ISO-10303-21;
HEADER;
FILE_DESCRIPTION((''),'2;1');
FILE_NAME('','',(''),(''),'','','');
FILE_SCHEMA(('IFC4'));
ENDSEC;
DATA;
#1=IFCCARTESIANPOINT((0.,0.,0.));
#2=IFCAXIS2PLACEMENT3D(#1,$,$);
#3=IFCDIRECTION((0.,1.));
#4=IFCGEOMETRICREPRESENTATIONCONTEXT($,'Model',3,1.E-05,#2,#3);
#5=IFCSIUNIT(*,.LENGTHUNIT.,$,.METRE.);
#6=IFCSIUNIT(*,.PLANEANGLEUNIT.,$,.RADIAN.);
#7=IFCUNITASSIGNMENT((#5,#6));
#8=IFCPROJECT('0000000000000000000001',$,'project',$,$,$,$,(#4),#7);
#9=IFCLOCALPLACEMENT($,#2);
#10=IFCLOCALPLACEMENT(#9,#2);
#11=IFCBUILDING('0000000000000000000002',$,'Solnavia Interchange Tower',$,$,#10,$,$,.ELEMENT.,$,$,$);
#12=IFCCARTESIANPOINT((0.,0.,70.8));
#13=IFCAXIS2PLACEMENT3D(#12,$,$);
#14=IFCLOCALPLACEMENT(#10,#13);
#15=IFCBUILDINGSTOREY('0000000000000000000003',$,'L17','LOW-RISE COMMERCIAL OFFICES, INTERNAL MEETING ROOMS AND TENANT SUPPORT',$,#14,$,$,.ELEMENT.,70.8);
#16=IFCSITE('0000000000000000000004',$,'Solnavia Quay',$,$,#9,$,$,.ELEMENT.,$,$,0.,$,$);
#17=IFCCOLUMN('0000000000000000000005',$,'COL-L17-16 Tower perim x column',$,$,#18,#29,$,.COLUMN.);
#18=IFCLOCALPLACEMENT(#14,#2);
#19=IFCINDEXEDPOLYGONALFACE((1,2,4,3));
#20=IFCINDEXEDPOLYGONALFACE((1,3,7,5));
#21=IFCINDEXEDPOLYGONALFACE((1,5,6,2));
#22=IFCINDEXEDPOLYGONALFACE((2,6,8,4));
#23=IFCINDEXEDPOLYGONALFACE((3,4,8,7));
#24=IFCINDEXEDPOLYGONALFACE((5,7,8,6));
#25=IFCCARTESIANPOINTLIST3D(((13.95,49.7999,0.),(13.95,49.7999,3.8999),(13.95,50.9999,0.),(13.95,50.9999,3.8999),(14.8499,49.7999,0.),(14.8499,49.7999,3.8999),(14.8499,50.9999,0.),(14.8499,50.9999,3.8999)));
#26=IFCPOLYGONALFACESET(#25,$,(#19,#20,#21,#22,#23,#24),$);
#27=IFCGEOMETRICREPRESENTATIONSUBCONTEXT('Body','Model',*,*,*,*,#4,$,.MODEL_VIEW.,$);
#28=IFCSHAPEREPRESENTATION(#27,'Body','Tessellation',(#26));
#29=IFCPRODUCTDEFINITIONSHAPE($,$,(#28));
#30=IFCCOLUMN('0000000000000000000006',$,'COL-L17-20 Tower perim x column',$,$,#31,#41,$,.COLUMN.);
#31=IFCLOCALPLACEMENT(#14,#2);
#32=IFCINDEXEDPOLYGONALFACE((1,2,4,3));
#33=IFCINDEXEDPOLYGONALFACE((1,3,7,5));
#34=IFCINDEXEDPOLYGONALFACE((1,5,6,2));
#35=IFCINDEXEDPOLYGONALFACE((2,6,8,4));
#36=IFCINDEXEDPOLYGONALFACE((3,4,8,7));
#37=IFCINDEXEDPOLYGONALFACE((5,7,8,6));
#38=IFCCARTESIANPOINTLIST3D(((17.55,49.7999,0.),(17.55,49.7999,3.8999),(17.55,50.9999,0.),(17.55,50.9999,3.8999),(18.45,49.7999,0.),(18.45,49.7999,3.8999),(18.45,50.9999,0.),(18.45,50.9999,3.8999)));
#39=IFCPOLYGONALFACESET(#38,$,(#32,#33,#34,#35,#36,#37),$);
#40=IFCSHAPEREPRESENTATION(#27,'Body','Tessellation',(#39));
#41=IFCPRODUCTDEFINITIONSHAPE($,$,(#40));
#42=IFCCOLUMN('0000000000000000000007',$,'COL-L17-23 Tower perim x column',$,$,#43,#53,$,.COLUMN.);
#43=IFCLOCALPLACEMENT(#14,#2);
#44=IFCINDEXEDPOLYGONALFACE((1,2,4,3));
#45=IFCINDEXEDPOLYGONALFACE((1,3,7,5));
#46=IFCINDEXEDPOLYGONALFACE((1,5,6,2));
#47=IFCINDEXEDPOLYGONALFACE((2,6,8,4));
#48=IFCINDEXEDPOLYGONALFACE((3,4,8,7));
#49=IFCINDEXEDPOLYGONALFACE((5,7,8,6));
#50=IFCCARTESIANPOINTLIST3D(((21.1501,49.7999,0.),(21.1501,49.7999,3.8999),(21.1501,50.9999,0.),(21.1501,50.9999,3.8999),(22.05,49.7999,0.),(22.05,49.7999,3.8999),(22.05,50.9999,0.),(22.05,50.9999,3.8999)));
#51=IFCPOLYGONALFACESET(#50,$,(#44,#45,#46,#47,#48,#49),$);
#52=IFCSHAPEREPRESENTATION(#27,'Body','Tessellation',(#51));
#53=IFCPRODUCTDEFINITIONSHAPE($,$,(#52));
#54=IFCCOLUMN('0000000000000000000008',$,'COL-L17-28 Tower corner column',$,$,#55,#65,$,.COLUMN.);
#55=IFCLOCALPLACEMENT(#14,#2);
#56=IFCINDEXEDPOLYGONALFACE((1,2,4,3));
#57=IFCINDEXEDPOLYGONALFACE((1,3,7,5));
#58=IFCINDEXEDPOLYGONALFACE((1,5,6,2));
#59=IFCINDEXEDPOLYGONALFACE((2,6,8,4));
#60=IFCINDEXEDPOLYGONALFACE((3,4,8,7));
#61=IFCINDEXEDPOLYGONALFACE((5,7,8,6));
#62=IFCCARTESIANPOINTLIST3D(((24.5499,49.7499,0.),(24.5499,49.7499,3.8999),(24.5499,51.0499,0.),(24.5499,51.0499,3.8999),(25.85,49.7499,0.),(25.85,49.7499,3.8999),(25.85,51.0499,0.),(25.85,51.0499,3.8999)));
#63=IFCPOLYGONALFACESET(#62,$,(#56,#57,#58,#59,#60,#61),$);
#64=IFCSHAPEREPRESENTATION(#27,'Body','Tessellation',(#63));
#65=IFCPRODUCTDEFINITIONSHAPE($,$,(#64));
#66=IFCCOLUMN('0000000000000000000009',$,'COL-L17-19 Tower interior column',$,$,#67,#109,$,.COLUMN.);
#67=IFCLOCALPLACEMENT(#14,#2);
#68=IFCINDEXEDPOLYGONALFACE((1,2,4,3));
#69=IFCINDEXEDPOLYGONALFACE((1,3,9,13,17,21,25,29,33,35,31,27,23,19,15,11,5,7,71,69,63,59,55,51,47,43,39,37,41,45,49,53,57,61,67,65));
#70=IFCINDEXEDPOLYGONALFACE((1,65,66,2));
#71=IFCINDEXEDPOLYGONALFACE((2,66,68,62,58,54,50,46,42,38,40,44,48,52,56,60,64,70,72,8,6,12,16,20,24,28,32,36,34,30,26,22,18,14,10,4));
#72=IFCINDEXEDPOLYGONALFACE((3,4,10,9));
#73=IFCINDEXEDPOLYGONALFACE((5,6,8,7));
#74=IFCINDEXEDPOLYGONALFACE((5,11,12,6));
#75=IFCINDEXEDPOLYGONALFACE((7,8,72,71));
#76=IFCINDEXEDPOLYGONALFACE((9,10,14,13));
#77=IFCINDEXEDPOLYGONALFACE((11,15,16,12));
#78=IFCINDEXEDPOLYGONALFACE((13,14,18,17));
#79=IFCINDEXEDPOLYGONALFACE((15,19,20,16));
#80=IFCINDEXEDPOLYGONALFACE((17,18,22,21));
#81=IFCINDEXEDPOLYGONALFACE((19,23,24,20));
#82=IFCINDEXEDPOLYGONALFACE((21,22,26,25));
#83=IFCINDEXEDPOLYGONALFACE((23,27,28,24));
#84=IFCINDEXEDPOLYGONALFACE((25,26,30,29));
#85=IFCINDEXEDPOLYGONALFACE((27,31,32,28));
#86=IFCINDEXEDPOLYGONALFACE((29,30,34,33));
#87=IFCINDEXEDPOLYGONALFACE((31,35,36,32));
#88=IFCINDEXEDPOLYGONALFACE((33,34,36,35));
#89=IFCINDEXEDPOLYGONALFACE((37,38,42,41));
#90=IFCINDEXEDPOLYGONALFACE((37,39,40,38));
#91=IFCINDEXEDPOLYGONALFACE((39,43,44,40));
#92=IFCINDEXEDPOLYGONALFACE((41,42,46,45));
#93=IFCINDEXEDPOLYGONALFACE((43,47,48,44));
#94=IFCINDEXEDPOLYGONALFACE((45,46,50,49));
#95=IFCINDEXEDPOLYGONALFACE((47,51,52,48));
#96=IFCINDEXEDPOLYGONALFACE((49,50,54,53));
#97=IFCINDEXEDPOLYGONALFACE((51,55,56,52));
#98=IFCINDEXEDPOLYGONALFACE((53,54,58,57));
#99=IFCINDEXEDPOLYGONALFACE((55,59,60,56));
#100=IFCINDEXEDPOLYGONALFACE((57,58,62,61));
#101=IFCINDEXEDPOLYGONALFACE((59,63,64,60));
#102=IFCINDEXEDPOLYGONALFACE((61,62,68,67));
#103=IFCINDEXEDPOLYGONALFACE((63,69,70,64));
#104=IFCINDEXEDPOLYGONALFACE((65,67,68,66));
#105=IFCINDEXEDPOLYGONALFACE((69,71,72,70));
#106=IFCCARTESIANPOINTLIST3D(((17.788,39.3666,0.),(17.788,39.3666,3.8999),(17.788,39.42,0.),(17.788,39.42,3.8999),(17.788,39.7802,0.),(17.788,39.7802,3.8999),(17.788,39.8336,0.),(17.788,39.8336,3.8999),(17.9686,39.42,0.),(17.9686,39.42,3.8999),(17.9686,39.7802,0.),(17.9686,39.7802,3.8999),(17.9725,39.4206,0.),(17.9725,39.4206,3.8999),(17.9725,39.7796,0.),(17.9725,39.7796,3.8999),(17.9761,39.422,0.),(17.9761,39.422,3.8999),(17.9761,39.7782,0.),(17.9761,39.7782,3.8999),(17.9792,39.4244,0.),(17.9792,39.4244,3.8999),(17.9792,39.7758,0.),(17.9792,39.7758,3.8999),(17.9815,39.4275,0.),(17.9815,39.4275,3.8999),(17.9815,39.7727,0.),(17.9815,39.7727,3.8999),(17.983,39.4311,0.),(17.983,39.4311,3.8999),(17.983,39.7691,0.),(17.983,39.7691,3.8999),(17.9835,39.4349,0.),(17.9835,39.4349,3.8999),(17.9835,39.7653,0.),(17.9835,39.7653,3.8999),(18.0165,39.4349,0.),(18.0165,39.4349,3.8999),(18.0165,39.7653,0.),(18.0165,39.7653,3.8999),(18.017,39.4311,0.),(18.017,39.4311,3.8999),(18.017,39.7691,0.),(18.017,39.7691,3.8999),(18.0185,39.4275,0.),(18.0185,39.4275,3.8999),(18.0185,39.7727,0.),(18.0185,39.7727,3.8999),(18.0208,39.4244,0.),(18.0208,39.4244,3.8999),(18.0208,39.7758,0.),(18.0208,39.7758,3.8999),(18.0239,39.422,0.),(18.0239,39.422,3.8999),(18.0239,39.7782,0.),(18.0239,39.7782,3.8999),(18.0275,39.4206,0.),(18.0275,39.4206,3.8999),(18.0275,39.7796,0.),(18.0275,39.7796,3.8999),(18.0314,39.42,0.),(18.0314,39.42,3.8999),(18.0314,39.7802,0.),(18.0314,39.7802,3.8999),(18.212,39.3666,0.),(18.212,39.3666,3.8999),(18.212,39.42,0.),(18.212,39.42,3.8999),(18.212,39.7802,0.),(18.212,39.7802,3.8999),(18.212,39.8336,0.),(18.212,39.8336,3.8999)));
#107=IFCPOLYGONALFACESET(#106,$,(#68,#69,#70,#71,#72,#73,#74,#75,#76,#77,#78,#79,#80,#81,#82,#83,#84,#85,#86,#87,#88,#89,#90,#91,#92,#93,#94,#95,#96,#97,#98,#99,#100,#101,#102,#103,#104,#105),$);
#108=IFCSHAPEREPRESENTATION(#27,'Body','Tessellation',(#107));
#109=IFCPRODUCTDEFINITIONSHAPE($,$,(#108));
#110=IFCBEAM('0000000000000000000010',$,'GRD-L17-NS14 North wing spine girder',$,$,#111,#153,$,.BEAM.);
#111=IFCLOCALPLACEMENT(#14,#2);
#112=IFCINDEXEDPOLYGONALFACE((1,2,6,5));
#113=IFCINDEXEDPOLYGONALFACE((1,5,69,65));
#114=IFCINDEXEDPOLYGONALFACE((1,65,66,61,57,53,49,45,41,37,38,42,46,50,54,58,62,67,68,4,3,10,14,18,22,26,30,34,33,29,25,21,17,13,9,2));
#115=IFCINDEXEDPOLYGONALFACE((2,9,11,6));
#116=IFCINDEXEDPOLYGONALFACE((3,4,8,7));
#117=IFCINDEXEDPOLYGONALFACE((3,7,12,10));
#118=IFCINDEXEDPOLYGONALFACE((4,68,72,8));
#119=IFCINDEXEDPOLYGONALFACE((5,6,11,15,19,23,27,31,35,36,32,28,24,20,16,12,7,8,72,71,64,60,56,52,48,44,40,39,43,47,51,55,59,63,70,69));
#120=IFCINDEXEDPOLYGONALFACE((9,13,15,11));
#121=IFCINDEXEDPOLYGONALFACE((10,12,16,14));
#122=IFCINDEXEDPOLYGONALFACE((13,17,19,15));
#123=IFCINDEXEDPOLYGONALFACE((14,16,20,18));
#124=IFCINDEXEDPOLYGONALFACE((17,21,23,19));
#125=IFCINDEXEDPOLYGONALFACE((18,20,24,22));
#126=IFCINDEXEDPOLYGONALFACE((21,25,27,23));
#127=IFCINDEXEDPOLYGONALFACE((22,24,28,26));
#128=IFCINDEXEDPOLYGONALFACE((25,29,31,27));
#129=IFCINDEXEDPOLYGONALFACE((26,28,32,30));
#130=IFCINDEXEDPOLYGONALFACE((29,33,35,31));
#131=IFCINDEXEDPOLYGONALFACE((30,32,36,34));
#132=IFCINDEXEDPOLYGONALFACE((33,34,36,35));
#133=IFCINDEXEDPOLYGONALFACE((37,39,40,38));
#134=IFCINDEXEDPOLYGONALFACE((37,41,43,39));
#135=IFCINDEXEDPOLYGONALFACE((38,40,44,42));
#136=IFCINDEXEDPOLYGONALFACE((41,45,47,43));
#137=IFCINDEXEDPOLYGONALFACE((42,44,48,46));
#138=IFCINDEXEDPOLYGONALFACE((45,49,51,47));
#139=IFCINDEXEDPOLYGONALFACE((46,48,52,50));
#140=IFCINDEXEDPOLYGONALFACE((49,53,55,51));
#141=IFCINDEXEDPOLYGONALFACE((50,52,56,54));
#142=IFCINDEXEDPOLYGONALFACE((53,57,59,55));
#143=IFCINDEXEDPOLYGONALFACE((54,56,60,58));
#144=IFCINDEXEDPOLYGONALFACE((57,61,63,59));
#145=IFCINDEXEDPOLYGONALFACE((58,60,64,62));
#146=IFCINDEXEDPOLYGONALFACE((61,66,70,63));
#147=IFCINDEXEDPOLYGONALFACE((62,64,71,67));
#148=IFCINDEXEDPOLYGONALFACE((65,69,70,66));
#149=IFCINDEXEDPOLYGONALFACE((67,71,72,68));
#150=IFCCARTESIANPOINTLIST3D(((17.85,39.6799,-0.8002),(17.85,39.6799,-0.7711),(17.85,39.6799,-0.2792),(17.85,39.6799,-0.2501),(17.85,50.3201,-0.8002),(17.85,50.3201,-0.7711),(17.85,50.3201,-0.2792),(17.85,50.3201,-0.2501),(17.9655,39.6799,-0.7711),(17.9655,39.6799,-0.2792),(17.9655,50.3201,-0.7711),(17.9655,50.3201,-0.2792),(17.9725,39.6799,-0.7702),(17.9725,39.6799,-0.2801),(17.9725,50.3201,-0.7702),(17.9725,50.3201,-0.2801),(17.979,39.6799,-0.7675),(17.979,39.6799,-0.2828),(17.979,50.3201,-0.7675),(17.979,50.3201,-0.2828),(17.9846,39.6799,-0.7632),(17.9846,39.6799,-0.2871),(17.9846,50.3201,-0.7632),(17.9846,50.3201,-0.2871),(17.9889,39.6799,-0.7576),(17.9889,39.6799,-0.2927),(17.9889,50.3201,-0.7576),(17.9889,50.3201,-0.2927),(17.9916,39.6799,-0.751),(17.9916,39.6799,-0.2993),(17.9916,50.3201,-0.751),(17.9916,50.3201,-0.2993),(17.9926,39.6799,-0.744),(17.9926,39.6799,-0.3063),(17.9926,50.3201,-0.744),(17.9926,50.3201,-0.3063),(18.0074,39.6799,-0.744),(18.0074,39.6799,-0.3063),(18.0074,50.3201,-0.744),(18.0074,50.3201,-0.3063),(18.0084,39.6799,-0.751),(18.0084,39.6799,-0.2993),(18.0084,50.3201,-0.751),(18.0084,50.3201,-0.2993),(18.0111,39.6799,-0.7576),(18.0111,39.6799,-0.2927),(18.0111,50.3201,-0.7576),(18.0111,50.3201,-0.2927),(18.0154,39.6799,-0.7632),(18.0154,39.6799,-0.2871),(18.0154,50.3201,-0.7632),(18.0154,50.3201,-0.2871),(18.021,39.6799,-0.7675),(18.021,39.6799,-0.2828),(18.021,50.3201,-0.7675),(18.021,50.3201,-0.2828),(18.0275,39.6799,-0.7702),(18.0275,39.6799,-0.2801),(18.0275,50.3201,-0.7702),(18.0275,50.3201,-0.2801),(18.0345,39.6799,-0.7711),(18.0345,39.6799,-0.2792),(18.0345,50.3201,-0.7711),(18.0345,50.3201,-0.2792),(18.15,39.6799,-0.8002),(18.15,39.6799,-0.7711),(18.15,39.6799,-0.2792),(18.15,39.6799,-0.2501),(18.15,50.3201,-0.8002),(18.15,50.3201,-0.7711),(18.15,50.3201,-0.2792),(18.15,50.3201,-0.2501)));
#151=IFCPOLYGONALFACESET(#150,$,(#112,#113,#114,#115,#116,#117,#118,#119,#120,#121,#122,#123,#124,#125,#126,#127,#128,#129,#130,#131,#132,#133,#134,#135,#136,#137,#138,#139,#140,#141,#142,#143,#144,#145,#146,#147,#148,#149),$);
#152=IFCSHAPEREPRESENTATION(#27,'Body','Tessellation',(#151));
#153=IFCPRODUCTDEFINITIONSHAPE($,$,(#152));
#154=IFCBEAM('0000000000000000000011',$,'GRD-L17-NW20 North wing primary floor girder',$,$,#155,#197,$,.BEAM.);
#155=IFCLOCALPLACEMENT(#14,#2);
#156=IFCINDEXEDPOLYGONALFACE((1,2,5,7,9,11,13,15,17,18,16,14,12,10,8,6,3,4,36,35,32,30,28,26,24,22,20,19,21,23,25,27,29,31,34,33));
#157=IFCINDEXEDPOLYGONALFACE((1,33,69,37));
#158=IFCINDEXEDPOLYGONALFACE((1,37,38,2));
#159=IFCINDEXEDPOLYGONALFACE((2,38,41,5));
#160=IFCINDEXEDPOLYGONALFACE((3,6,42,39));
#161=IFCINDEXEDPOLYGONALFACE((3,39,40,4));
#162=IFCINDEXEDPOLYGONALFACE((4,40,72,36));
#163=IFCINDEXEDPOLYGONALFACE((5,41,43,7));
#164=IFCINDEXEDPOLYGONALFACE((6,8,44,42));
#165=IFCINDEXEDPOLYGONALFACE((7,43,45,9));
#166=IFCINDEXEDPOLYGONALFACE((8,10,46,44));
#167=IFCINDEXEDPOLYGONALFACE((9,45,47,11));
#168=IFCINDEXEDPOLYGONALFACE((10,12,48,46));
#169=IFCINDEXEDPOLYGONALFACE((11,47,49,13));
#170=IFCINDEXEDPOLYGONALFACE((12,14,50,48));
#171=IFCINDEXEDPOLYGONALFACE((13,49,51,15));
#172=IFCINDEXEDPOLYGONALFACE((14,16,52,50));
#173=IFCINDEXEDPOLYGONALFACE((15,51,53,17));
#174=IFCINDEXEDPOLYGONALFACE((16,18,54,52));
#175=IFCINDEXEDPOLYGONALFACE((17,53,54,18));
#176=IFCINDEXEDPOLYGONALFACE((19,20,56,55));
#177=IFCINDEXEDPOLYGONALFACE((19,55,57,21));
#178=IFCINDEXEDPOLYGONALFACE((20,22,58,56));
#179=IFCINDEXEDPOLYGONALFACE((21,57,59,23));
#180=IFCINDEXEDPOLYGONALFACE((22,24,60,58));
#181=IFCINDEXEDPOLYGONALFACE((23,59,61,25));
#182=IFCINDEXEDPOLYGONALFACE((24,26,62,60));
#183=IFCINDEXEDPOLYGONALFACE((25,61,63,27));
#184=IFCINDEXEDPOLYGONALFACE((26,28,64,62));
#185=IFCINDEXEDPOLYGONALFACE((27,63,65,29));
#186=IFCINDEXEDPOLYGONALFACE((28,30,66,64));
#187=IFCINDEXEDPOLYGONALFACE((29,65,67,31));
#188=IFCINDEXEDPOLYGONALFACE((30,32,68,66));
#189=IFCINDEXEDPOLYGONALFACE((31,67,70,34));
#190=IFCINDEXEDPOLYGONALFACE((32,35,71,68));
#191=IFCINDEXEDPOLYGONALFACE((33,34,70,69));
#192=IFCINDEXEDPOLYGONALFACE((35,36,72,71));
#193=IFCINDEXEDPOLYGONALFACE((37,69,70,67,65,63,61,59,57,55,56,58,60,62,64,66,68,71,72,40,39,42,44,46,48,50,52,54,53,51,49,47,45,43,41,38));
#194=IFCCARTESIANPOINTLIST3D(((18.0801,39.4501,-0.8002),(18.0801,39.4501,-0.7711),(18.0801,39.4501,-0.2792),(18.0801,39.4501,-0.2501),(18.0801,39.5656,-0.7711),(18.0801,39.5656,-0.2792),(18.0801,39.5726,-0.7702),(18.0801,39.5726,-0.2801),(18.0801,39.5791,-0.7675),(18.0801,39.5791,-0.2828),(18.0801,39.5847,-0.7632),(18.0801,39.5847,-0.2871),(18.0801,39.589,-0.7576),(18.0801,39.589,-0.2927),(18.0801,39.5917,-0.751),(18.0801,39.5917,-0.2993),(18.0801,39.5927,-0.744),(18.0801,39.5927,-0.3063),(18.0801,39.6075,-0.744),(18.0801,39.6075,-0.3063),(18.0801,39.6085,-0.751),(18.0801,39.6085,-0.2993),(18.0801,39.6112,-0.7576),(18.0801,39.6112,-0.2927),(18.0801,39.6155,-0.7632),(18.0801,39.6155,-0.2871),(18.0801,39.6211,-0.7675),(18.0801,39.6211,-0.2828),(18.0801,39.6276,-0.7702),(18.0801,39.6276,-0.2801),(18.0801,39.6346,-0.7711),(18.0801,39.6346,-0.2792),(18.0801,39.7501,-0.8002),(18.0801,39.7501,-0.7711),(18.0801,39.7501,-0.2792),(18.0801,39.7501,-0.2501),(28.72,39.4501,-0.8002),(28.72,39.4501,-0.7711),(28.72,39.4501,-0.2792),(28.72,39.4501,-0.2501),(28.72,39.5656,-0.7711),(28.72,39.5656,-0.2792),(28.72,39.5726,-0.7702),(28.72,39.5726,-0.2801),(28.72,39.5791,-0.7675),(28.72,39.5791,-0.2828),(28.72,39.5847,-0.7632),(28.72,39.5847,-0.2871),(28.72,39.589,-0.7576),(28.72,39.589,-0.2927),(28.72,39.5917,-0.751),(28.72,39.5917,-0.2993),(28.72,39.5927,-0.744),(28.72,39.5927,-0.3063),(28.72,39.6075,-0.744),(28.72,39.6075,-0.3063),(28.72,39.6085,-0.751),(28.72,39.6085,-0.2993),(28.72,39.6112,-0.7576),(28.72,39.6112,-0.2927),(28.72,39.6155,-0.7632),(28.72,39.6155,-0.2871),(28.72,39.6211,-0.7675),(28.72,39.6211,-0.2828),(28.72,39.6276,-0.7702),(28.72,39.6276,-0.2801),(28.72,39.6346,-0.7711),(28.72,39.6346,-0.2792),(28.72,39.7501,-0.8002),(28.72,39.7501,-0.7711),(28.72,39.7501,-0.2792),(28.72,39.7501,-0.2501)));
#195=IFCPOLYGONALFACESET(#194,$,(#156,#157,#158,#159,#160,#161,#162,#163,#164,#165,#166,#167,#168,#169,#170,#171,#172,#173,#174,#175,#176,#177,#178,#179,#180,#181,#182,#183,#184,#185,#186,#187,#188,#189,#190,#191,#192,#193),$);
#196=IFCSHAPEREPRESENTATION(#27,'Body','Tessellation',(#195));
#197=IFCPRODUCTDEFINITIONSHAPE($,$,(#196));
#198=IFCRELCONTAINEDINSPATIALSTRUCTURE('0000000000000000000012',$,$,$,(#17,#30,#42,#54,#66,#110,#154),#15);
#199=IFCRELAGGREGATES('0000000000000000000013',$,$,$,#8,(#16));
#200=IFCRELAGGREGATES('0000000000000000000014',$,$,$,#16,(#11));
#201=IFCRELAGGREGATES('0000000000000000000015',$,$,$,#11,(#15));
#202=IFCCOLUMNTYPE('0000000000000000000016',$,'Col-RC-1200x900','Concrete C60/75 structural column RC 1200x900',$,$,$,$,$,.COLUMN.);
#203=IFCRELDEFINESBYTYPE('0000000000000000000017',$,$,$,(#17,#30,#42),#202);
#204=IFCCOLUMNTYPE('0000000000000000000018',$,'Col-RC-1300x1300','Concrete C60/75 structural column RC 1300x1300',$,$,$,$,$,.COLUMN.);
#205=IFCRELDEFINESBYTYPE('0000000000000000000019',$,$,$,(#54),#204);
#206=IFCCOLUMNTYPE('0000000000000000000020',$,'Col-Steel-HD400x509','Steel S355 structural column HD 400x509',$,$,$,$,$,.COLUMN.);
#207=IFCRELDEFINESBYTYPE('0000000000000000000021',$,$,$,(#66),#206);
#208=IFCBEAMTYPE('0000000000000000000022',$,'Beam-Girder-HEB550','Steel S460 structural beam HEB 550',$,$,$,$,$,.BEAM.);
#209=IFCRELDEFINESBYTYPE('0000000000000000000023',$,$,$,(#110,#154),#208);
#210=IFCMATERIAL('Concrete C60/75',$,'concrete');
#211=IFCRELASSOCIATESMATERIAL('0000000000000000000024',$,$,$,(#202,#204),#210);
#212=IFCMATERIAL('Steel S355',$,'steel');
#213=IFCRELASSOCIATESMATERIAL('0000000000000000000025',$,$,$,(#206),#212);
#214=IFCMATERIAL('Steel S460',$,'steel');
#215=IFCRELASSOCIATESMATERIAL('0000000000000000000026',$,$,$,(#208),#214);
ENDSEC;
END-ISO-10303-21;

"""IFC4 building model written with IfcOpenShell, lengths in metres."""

from ifc_helpers import new_model, si_unit, direction, frame, origin, origin_2d, place, context, subcontext, project, spatial, rectangle, i_section, extrude, material, material_profile, profile_set, type_object, element, save


model = new_model("IFC4")

# Units and contexts
model_context = context("Model", 3, precision=1e-05, world=origin(), true_north=direction((0.0, 1.0)))
body_context = subcontext(model_context, "Body", "Model", "MODEL_VIEW")
ifc_project = project(units=[si_unit("LENGTHUNIT", "METRE"), si_unit("PLANEANGLEUNIT", "RADIAN")], contexts=[model_context])

# Site, building, storey
site_placement = place(None, origin())
site = spatial("IfcSite", under=ifc_project, at=site_placement, Name="Solnavia Quay", CompositionType="ELEMENT", RefElevation=0.0)
building_placement = place(site_placement, origin())
building = spatial("IfcBuilding", under=site, at=building_placement, Name="Solnavia Interchange Tower", CompositionType="ELEMENT")
storey_placement = place(building_placement, frame((0.0, 0.0, 70.8)))
storey = spatial("IfcBuildingStorey", under=building, at=storey_placement, Name="L17", Description="LOW-RISE COMMERCIAL OFFICES, INTERNAL MEETING ROOMS AND TENANT SUPPORT", CompositionType="ELEMENT", Elevation=70.8)

# Columns
ifc_material_1 = material(Name="Concrete C60/75", Category="concrete")
ifc_material_profile_1 = material_profile(ifc_material_1, rectangle(XDim=0.8999, YDim=1.2, at=origin_2d()), Name="RC 1200x900")
ifc_profile_set_1 = profile_set([ifc_material_profile_1], Name="Concrete C60/75")
column_type_1 = type_object("IfcColumnType", Name="Col-RC-1200x900", Description="Concrete C60/75 structural column RC 1200x900", PredefinedType="COLUMN", material=ifc_profile_set_1)
for number, where, z_axis, x_axis, name in (
    (1, (14.3999, 50.3999, 0.0), (0.0, 0.0, 1.0), (1.0, 0.0, 0.0), "COL-L17-16 Tower perim x column"),
    (2, (18.0, 50.3999, 0.0), (0.0, 0.0, 1.0), (1.0, 0.0, 0.0), "COL-L17-20 Tower perim x column"),
    (3, (21.6001, 50.3999, 0.0), (0.0, 0.0, 1.0), (1.0, 0.0, 0.0), "COL-L17-23 Tower perim x column"),
):
    element("IfcColumn", number, at=place(storey_placement, frame(where, z_axis=z_axis, x_axis=x_axis)), inside=storey, type_object=column_type_1, Name=name, PredefinedType="COLUMN", context=body_context, shape_type="SweptSolid", body=[
        extrude(rectangle(XDim=0.8999, YDim=1.2, at=origin_2d()), origin(), (0.0, 0.0, 1.0), 3.8999),
    ])
ifc_material_profile_2 = material_profile(ifc_material_1, rectangle(XDim=1.3, YDim=1.3, at=origin_2d()), Name="RC 1300x1300")
ifc_profile_set_2 = profile_set([ifc_material_profile_2], Name="Concrete C60/75")
column_type_2 = type_object("IfcColumnType", Name="Col-RC-1300x1300", Description="Concrete C60/75 structural column RC 1300x1300", PredefinedType="COLUMN", material=ifc_profile_set_2)
column_1_placement = place(storey_placement, frame((25.2, 50.3999, 0.0), z_axis=(0.0, 0.0, 1.0), x_axis=(1.0, 0.0, 0.0)))
element("IfcColumn", 4, at=column_1_placement, inside=storey, type_object=column_type_2, Name="COL-L17-28 Tower corner column", PredefinedType="COLUMN", context=body_context, shape_type="SweptSolid", body=[
    extrude(rectangle(XDim=1.3, YDim=1.3, at=origin_2d()), origin(), (0.0, 0.0, 1.0), 3.8999),
])
ifc_material_2 = material(Name="Steel S355", Category="steel")
ifc_material_profile_3 = material_profile(ifc_material_2, i_section(OverallWidth=0.4241, OverallDepth=0.467, WebThickness=0.033, FlangeThickness=0.0535, FilletRadius=0.0149, at=origin_2d()), Name="HD 400x509")
ifc_profile_set_3 = profile_set([ifc_material_profile_3], Name="Steel S355")
column_type_3 = type_object("IfcColumnType", Name="Col-Steel-HD400x509", Description="Steel S355 structural column HD 400x509", PredefinedType="COLUMN", material=ifc_profile_set_3)
column_2_placement = place(storey_placement, frame((18.0, 39.6001, 0.0), z_axis=(0.0, 0.0, 1.0), x_axis=(1.0, 0.0, 0.0)))
element("IfcColumn", 5, at=column_2_placement, inside=storey, type_object=column_type_3, Name="COL-L17-19 Tower interior column", PredefinedType="COLUMN", context=body_context, shape_type="SweptSolid", body=[
    extrude(i_section(OverallWidth=0.4241, OverallDepth=0.467, WebThickness=0.033, FlangeThickness=0.0535, FilletRadius=0.0149, at=origin_2d()), origin(), (0.0, 0.0, 1.0), 3.8999),
])

# Beams
ifc_material_3 = material(Name="Steel S460", Category="steel")
ifc_material_profile_4 = material_profile(ifc_material_3, i_section(OverallWidth=0.3, OverallDepth=0.55, WebThickness=0.0149, FlangeThickness=0.0291, FilletRadius=0.0271, at=origin_2d()), Name="HEB 550")
ifc_profile_set_4 = profile_set([ifc_material_profile_4], Name="Steel S460")
beam_type_1 = type_object("IfcBeamType", Name="Beam-Girder-HEB550", Description="Steel S460 structural beam HEB 550", PredefinedType="BEAM", material=ifc_profile_set_4)
beam_1_placement = place(storey_placement, frame((18.0, 39.6799, -0.5251), z_axis=(0.0, 1.0, 0.0), x_axis=(-1.0, 0.0, 0.0)))
element("IfcBeam", 6, at=beam_1_placement, inside=storey, type_object=beam_type_1, Name="GRD-L17-NS14 North wing spine girder", PredefinedType="BEAM", context=body_context, shape_type="SweptSolid", body=[
    extrude(i_section(OverallWidth=0.3, OverallDepth=0.55, WebThickness=0.0149, FlangeThickness=0.0291, FilletRadius=0.0271, at=origin_2d()), origin(), (0.0, 0.0, 1.0), 10.6401),
])
beam_2_placement = place(storey_placement, frame((18.0801, 39.6001, -0.5251), z_axis=(1.0, 0.0, 0.0), x_axis=(0.0, 1.0, 0.0)))
element("IfcBeam", 7, at=beam_2_placement, inside=storey, type_object=beam_type_1, Name="GRD-L17-NW20 North wing primary floor girder", PredefinedType="BEAM", context=body_context, shape_type="SweptSolid", body=[
    extrude(i_section(OverallWidth=0.3, OverallDepth=0.55, WebThickness=0.0149, FlangeThickness=0.0291, FilletRadius=0.0271, at=origin_2d()), origin(), (0.0, 0.0, 1.0), 10.6399),
])

save(model, "model.ifc")
